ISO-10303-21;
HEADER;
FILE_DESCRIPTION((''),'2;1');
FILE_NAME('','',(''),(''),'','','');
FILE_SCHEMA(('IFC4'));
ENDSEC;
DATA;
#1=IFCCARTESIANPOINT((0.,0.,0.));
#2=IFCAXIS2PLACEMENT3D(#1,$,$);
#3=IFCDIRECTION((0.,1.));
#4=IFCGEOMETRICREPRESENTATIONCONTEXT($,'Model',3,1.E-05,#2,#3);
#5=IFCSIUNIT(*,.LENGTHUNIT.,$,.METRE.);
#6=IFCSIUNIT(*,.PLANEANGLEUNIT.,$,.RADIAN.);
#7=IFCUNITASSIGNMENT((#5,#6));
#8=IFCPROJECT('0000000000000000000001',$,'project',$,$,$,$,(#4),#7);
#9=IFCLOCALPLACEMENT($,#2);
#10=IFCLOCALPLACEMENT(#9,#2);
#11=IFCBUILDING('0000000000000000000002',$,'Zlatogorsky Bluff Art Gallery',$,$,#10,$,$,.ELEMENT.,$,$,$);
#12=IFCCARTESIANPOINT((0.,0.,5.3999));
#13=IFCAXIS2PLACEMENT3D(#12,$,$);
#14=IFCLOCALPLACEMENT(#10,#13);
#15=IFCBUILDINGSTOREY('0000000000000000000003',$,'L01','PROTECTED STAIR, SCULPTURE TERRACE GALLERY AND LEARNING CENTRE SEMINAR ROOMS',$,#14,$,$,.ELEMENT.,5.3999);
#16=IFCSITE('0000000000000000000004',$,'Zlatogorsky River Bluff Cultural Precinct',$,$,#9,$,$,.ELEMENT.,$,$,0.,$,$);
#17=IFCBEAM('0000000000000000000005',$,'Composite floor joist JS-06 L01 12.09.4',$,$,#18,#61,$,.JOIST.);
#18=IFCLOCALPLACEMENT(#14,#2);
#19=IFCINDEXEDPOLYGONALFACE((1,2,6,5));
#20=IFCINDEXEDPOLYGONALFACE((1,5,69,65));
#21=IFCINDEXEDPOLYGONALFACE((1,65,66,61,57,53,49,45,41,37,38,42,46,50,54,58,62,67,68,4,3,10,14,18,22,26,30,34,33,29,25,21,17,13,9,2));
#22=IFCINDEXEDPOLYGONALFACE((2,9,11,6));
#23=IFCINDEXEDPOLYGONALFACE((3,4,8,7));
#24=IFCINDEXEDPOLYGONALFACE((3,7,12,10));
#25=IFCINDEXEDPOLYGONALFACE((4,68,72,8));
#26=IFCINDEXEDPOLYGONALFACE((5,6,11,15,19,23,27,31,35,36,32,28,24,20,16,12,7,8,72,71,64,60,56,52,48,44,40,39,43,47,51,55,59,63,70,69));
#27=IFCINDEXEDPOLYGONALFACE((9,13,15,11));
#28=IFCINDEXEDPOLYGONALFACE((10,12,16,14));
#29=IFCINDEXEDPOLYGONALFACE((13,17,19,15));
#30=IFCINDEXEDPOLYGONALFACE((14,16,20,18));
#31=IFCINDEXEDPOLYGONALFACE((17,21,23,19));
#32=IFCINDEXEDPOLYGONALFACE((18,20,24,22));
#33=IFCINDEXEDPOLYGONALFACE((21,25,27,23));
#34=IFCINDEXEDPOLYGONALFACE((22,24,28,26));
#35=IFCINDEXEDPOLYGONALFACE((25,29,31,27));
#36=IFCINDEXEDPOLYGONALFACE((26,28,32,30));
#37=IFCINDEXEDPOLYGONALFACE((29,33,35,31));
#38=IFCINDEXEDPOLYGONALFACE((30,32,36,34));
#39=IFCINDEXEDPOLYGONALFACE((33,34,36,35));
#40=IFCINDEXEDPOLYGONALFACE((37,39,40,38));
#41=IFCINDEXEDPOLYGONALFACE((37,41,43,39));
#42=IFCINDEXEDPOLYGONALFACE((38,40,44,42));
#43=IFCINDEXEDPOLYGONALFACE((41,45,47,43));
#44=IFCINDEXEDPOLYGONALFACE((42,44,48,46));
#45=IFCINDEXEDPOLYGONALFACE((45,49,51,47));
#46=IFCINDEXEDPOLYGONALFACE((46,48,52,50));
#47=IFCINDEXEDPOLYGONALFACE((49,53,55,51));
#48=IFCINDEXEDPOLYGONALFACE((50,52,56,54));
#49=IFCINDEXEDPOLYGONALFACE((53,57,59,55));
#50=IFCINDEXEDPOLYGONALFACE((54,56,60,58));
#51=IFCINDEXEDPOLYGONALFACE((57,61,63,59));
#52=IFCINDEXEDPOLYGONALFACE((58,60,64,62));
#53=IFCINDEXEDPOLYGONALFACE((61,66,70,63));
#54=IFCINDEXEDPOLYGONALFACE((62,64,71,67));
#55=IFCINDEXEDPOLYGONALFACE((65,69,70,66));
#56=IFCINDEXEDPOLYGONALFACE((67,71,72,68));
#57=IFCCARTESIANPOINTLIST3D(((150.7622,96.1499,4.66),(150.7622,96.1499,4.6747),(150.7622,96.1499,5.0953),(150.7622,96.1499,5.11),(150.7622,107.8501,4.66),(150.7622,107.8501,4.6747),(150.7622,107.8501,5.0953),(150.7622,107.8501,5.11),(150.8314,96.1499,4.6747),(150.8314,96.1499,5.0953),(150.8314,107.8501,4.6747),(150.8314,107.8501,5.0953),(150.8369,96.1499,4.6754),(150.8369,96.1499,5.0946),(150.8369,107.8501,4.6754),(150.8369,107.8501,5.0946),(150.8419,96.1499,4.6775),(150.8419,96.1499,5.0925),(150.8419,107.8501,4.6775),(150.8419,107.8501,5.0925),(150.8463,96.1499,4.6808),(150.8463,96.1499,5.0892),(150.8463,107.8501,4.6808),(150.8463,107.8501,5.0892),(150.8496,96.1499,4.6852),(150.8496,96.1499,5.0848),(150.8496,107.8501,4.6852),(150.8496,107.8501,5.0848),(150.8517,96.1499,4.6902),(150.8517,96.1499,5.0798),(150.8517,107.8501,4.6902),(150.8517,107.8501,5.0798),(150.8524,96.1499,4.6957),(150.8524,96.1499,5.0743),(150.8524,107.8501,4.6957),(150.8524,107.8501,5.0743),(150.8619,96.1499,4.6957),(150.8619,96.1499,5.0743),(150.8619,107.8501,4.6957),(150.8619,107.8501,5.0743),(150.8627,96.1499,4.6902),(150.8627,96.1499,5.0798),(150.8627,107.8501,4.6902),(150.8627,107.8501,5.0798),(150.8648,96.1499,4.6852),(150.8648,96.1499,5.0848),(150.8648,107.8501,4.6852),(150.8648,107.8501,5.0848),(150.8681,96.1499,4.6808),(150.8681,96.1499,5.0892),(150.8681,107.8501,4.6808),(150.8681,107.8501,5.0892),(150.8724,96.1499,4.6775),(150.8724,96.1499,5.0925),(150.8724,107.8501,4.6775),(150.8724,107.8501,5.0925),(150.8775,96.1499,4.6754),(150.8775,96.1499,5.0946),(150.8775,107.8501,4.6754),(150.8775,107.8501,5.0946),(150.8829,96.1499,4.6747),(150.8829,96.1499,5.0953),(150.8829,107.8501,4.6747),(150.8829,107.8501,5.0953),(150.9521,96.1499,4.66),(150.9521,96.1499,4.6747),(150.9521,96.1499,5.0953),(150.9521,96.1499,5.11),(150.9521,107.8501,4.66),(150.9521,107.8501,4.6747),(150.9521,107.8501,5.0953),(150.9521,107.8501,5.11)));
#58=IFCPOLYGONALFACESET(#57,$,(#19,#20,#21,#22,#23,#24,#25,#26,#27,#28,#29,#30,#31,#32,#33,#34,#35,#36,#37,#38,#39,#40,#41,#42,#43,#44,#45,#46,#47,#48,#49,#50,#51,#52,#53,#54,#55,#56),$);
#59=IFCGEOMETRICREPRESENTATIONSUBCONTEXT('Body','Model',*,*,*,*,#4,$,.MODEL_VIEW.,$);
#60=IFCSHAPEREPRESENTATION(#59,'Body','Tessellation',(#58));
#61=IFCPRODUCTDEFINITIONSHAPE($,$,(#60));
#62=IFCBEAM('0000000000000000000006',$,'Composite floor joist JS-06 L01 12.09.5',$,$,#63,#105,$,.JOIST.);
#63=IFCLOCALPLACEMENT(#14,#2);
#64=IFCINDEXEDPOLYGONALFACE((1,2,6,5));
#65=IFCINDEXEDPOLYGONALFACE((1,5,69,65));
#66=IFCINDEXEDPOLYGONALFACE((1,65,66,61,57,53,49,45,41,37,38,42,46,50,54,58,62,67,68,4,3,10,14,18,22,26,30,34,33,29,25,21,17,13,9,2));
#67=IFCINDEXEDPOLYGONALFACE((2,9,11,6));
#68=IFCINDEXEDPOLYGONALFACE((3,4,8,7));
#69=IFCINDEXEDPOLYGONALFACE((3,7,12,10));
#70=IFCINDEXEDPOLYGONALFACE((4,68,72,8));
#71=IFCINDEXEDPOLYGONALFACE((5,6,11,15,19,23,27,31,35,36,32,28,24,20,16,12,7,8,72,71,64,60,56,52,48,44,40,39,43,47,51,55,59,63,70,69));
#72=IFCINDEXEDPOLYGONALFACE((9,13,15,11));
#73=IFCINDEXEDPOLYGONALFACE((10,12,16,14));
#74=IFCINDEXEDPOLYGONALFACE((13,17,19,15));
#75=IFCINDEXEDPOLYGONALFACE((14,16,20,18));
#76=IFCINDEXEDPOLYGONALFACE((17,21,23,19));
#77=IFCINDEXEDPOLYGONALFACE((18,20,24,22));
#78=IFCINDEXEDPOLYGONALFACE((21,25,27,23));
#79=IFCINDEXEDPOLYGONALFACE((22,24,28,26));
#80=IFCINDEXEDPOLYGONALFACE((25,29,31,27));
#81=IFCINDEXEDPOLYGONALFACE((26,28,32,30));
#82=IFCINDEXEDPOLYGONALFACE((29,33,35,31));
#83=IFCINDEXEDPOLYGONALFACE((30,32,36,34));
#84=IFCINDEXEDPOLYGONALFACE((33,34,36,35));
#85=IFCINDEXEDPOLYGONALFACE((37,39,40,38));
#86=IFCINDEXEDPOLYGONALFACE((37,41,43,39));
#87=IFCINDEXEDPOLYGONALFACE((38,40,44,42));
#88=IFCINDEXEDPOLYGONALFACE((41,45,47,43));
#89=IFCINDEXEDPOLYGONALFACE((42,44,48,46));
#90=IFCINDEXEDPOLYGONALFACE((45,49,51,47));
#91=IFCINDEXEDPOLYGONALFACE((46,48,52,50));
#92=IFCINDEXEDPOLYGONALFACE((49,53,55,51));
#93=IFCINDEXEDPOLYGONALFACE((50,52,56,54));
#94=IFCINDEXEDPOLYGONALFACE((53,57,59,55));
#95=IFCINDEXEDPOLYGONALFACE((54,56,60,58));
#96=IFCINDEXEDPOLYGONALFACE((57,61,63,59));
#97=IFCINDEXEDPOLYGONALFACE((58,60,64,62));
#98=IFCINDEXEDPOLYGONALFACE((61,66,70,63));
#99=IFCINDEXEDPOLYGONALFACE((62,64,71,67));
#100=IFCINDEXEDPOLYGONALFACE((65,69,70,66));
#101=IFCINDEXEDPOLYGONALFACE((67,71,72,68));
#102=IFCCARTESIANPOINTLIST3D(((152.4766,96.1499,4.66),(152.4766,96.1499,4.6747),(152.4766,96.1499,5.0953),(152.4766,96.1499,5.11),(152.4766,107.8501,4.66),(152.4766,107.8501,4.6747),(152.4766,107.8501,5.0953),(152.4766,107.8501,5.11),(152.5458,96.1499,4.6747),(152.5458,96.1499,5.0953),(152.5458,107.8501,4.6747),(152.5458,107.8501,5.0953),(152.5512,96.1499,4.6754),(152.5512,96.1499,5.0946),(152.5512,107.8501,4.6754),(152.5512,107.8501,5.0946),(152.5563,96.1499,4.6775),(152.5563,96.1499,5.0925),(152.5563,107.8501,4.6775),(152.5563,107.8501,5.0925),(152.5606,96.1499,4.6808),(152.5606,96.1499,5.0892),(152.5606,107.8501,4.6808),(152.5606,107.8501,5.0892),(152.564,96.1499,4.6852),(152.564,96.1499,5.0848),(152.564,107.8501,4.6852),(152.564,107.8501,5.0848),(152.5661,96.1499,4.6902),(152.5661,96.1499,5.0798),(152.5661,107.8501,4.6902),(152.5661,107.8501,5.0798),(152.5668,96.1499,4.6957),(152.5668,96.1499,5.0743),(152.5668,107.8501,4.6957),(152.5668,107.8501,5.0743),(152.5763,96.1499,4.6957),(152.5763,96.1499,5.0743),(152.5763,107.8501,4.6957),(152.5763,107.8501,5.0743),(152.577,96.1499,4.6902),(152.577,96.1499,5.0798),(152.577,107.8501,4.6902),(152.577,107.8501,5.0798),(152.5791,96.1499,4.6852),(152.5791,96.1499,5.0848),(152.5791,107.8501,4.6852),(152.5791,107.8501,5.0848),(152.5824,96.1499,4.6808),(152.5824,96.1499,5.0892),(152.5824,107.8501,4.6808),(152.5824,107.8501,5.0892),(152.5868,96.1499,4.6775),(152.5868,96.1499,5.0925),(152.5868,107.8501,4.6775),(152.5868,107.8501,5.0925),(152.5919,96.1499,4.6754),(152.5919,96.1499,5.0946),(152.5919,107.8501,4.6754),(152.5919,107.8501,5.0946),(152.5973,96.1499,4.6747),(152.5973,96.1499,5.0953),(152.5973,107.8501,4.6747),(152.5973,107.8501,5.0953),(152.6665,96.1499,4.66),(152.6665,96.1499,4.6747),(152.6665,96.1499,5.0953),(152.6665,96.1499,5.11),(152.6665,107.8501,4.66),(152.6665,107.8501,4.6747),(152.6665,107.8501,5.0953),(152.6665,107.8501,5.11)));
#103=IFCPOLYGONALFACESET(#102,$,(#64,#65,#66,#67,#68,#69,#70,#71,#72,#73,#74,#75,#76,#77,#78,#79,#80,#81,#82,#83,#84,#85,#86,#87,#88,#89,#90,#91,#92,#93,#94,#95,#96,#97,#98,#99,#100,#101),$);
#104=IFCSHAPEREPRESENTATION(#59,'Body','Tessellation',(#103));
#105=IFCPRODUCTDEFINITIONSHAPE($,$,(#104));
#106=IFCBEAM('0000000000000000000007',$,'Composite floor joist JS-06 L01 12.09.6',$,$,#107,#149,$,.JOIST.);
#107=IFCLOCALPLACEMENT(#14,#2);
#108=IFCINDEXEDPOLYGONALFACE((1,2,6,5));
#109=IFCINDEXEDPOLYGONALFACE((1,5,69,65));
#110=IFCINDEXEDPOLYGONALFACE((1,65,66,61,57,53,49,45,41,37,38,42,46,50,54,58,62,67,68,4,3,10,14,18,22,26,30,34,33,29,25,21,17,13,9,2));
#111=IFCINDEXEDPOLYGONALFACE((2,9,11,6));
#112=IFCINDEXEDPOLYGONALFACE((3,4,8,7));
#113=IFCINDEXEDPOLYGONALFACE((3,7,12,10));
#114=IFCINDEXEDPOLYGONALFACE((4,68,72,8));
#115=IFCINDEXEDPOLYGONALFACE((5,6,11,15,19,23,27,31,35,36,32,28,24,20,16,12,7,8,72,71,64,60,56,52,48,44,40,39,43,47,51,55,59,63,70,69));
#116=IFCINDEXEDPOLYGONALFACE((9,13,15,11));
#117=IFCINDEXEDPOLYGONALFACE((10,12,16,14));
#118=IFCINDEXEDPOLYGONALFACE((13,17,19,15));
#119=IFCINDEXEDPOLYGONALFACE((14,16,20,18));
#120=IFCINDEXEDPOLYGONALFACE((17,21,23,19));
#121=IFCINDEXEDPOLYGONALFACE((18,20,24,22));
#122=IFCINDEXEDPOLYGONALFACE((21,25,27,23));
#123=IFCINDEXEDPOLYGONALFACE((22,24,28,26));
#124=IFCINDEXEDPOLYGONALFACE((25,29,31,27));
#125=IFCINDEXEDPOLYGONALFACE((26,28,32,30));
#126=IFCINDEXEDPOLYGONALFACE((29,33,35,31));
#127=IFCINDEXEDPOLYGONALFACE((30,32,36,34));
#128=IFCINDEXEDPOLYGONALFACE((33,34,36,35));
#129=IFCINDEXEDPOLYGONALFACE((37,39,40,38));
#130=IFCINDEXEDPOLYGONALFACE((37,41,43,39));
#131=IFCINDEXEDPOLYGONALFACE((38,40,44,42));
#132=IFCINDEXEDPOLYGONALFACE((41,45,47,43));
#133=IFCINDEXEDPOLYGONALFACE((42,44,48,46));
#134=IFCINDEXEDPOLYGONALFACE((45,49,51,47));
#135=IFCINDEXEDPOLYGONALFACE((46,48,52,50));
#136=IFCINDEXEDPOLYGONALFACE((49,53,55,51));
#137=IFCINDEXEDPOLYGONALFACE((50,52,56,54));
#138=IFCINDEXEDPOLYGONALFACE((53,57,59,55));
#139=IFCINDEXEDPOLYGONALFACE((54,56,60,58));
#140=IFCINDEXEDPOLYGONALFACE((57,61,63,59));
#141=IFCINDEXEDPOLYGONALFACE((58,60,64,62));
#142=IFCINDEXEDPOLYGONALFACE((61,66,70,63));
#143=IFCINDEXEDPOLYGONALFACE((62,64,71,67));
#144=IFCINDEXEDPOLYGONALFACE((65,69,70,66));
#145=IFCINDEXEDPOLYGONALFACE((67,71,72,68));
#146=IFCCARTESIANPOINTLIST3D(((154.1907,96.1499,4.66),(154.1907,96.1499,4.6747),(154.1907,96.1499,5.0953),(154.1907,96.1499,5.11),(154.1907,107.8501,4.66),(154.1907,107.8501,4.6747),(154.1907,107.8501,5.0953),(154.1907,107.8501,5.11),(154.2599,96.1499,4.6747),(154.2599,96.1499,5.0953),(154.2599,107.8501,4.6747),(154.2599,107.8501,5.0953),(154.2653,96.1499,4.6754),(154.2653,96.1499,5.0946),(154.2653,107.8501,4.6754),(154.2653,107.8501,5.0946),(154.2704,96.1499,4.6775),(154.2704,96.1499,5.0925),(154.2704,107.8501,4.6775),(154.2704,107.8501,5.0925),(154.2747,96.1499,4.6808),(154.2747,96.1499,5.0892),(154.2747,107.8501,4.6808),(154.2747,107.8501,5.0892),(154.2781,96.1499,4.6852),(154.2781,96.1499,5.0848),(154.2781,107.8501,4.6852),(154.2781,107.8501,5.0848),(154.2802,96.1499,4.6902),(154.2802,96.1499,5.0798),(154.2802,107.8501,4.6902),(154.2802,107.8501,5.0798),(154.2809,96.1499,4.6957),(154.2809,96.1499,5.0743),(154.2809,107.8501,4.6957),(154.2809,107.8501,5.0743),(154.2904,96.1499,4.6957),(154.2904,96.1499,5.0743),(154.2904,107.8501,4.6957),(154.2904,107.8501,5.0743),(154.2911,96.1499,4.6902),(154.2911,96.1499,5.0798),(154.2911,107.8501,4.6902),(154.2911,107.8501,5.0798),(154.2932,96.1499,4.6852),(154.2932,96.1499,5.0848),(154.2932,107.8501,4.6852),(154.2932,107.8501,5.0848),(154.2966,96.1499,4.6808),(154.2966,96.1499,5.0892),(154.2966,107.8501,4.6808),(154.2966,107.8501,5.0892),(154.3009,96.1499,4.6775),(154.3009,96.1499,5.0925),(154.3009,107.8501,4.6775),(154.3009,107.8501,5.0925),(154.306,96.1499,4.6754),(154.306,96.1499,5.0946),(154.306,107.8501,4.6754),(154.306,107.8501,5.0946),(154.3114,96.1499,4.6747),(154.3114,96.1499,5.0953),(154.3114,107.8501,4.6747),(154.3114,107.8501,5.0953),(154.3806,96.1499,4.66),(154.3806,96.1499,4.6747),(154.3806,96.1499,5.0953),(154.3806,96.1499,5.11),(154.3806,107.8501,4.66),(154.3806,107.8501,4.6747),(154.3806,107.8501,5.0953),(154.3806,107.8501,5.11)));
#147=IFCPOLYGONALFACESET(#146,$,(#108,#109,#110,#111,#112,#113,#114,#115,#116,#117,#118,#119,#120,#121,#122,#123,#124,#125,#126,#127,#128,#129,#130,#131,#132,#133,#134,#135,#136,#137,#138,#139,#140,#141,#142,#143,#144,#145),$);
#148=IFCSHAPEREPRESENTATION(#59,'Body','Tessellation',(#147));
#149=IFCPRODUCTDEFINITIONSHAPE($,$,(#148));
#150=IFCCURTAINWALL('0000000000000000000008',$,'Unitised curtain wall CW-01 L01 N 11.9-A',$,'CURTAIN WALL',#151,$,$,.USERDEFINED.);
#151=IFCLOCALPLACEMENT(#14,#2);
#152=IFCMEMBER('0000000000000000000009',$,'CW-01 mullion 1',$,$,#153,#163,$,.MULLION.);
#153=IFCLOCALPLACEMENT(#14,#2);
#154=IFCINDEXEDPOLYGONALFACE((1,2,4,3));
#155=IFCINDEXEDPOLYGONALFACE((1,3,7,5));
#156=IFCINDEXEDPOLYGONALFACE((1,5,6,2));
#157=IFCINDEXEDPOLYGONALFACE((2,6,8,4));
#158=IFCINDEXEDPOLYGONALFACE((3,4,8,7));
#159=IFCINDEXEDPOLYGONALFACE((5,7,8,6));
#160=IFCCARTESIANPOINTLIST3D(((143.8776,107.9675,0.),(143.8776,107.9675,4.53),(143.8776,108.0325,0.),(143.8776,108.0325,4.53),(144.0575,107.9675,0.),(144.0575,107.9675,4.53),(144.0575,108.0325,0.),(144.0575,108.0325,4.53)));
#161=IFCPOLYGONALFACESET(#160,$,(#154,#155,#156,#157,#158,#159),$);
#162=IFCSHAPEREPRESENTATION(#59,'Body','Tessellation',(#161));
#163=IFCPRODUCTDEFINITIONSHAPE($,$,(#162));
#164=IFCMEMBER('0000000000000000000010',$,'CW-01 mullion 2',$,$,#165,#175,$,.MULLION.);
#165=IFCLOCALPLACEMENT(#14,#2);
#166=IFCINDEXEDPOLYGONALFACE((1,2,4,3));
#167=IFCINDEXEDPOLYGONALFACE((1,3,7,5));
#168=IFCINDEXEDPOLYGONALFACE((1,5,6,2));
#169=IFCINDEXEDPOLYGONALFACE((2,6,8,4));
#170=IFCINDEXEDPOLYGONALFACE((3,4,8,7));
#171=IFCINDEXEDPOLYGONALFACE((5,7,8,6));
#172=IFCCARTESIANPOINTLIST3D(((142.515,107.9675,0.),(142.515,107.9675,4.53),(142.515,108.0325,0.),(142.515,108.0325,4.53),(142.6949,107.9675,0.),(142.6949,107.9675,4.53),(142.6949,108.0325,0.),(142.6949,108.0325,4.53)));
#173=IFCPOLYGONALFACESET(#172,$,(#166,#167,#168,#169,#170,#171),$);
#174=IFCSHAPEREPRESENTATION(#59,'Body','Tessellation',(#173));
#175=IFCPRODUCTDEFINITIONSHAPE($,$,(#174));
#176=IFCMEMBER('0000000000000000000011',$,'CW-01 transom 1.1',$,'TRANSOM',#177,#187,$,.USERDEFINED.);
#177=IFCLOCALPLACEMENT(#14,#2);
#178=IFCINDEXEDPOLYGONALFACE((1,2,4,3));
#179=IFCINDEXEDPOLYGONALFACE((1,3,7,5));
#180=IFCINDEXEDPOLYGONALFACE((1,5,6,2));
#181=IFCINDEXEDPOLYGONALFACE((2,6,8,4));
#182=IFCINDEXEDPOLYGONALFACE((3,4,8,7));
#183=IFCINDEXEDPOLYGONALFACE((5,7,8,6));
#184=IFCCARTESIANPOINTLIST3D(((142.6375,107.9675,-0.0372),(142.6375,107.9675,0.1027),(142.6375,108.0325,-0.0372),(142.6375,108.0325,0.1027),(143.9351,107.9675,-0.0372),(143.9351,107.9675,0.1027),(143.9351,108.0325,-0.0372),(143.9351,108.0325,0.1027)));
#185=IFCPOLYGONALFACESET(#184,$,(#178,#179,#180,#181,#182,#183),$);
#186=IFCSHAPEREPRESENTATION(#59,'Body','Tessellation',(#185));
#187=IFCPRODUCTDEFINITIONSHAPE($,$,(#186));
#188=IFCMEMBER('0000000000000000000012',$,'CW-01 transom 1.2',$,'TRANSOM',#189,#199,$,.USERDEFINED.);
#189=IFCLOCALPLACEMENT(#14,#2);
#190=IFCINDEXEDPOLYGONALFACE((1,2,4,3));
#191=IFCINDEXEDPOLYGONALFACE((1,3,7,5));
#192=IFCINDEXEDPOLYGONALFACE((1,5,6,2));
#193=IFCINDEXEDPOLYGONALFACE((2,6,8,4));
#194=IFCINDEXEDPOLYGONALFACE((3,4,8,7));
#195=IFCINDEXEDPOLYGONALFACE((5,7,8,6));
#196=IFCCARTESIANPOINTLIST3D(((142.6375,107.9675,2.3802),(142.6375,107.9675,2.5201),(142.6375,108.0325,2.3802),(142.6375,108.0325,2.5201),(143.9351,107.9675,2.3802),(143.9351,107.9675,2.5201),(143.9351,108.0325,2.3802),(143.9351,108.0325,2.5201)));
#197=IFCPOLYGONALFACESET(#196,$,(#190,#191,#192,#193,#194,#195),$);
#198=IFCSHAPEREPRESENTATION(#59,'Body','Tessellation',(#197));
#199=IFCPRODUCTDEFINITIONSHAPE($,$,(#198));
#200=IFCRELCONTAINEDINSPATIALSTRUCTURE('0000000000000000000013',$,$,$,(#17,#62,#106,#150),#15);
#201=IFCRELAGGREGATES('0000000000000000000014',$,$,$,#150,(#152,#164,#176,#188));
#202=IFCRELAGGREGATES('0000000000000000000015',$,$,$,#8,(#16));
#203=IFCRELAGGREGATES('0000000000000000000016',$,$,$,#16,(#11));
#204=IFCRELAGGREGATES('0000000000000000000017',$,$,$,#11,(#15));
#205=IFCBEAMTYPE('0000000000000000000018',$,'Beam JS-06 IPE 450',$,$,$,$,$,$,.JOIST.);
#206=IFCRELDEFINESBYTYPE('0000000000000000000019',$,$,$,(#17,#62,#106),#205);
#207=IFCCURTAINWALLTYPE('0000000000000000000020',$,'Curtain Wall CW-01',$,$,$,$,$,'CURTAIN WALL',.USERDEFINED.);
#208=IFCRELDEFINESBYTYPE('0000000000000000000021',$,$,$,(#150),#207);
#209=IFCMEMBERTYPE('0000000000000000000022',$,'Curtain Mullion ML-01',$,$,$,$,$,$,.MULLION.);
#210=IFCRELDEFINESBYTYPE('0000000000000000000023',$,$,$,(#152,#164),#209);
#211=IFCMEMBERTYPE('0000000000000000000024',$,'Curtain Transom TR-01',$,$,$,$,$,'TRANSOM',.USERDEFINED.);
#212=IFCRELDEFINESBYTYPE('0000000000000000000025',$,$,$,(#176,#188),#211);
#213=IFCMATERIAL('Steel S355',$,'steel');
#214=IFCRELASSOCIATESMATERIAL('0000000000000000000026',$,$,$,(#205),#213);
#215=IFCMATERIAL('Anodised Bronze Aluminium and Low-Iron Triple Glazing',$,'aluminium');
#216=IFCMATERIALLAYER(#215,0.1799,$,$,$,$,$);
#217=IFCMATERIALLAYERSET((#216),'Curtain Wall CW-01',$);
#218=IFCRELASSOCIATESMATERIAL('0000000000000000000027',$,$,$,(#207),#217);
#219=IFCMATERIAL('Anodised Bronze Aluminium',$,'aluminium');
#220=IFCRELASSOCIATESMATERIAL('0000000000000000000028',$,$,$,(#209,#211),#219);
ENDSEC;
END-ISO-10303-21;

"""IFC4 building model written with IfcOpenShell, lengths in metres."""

from ifc_helpers import new_model, si_unit, direction, frame, origin, origin_2d, place, context, subcontext, project, spatial, rectangle, i_section, extrude, material, layer, layer_set, material_profile, profile_set, type_object, element, aggregate, save


model = new_model("IFC4")

# Units and contexts
model_context = context("Model", 3, precision=1e-05, world=origin(), true_north=direction((0.0, 1.0)))
body_context = subcontext(model_context, "Body", "Model", "MODEL_VIEW")
ifc_project = project(units=[si_unit("LENGTHUNIT", "METRE"), si_unit("PLANEANGLEUNIT", "RADIAN")], contexts=[model_context])

# Site, building, storey
site_placement = place(None, origin())
site = spatial("IfcSite", under=ifc_project, at=site_placement, Name="Zlatogorsky River Bluff Cultural Precinct", CompositionType="ELEMENT", RefElevation=0.0)
building_placement = place(site_placement, origin())
building = spatial("IfcBuilding", under=site, at=building_placement, Name="Zlatogorsky Bluff Art Gallery", CompositionType="ELEMENT")
storey_placement = place(building_placement, frame((0.0, 0.0, 5.3999)))
storey = spatial("IfcBuildingStorey", under=building, at=storey_placement, Name="L01", Description="PROTECTED STAIR, SCULPTURE TERRACE GALLERY AND LEARNING CENTRE SEMINAR ROOMS", CompositionType="ELEMENT", Elevation=5.3999)

# Shared definitions
ifc_material_1 = material(Name="Steel S355", Category="steel")

# Beams
ifc_material_profile_1 = material_profile(ifc_material_1, i_section(OverallWidth=0.1899, OverallDepth=0.45, WebThickness=0.0095, FlangeThickness=0.0146, FilletRadius=0.021, at=origin_2d()), Name="IPE 450")
ifc_profile_set_1 = profile_set([ifc_material_profile_1], Name="Steel S355")
beam_type_1 = type_object("IfcBeamType", Name="Beam JS-06 IPE 450", PredefinedType="JOIST", material=ifc_profile_set_1)
for number, where, z_axis, x_axis, name in (
    (1, (150.8572, 96.1499, 4.885), (0.0, 1.0, 0.0), (-1.0, 0.0, 0.0), "Composite floor joist JS-06 L01 12.09.4"),
    (2, (152.5715, 96.1499, 4.885), (0.0, 1.0, 0.0), (-1.0, 0.0, 0.0), "Composite floor joist JS-06 L01 12.09.5"),
    (3, (154.2856, 96.1499, 4.885), (0.0, 1.0, 0.0), (-1.0, 0.0, 0.0), "Composite floor joist JS-06 L01 12.09.6"),
):
    element("IfcBeam", number, at=place(storey_placement, frame(where, z_axis=z_axis, x_axis=x_axis)), inside=storey, type_object=beam_type_1, Name=name, PredefinedType="JOIST", context=body_context, shape_type="SweptSolid", body=[
        extrude(i_section(OverallWidth=0.1899, OverallDepth=0.45, WebThickness=0.0095, FlangeThickness=0.0146, FilletRadius=0.021, at=origin_2d()), origin(), (0.0, 0.0, 1.0), 11.7002),
    ])

# Curtain wall, members
ifc_material_2 = material(Name="Anodised Bronze Aluminium and Low-Iron Triple Glazing", Category="aluminium")
ifc_layer_1 = layer(ifc_material_2, 0.1799)
ifc_layer_set_1 = layer_set([ifc_layer_1], Name="Curtain Wall CW-01")
curtain_wall_type = type_object("IfcCurtainWallType", Name="Curtain Wall CW-01", ElementType="CURTAIN WALL", PredefinedType="USERDEFINED", material=ifc_layer_set_1)
curtain_wall_placement = place(storey_placement, origin())
curtain_wall = element("IfcCurtainWall", 4, at=curtain_wall_placement, inside=storey, type_object=curtain_wall_type, Name="Unitised curtain wall CW-01 L01 N 11.9-A", ObjectType="CURTAIN WALL", PredefinedType="USERDEFINED")
ifc_material_3 = material(Name="Anodised Bronze Aluminium", Category="aluminium")
ifc_material_profile_2 = material_profile(ifc_material_3, rectangle(XDim=0.0649, YDim=0.1799, at=origin_2d()), Name="ALU MULLION 65x180")
ifc_profile_set_2 = profile_set([ifc_material_profile_2], Name="Anodised Bronze Aluminium")
member_type_1 = type_object("IfcMemberType", Name="Curtain Mullion ML-01", PredefinedType="MULLION", material=ifc_profile_set_2)
member_1_placement = place(storey_placement, frame((143.9675, 108.0, 0.0), z_axis=(0.0, 0.0, 1.0), x_axis=(0.0, -1.0, 0.0)))
member_1 = element("IfcMember", 5, at=member_1_placement, type_object=member_type_1, Name="CW-01 mullion 1", PredefinedType="MULLION", context=body_context, shape_type="SweptSolid", body=[
    extrude(rectangle(XDim=0.0649, YDim=0.1799, at=origin_2d()), origin(), (0.0, 0.0, 1.0), 4.53),
])
member_2_placement = place(storey_placement, frame((142.605, 108.0, 0.0), z_axis=(0.0, 0.0, 1.0), x_axis=(0.0, -1.0, 0.0)))
member_2 = element("IfcMember", 6, at=member_2_placement, type_object=member_type_1, Name="CW-01 mullion 2", PredefinedType="MULLION", context=body_context, shape_type="SweptSolid", body=[
    extrude(rectangle(XDim=0.0649, YDim=0.1799, at=origin_2d()), origin(), (0.0, 0.0, 1.0), 4.53),
])
ifc_material_profile_3 = material_profile(ifc_material_3, rectangle(XDim=0.0649, YDim=0.1399, at=origin_2d()), Name="ALU TRANSOM 65x140")
ifc_profile_set_3 = profile_set([ifc_material_profile_3], Name="Anodised Bronze Aluminium")
member_type_2 = type_object("IfcMemberType", Name="Curtain Transom TR-01", ElementType="TRANSOM", PredefinedType="USERDEFINED", material=ifc_profile_set_3)
member_3_placement = place(storey_placement, frame((143.9351, 108.0, 0.0327), z_axis=(-1.0, 0.0, 0.0), x_axis=(0.0, -1.0, 0.0)))
member_3 = element("IfcMember", 7, at=member_3_placement, type_object=member_type_2, Name="CW-01 transom 1.1", ObjectType="TRANSOM", PredefinedType="USERDEFINED", context=body_context, shape_type="SweptSolid", body=[
    extrude(rectangle(XDim=0.0649, YDim=0.1399, at=origin_2d()), origin(), (0.0, 0.0, 1.0), 1.2976),
])
member_4_placement = place(storey_placement, frame((143.9351, 108.0, 2.4502), z_axis=(-1.0, 0.0, 0.0), x_axis=(0.0, -1.0, 0.0)))
member_4 = element("IfcMember", 8, at=member_4_placement, type_object=member_type_2, Name="CW-01 transom 1.2", ObjectType="TRANSOM", PredefinedType="USERDEFINED", context=body_context, shape_type="SweptSolid", body=[
    extrude(rectangle(XDim=0.0649, YDim=0.1399, at=origin_2d()), origin(), (0.0, 0.0, 1.0), 1.2976),
])
aggregate(curtain_wall, [member_1, member_2, member_3, member_4])

save(model, "model.ifc")
